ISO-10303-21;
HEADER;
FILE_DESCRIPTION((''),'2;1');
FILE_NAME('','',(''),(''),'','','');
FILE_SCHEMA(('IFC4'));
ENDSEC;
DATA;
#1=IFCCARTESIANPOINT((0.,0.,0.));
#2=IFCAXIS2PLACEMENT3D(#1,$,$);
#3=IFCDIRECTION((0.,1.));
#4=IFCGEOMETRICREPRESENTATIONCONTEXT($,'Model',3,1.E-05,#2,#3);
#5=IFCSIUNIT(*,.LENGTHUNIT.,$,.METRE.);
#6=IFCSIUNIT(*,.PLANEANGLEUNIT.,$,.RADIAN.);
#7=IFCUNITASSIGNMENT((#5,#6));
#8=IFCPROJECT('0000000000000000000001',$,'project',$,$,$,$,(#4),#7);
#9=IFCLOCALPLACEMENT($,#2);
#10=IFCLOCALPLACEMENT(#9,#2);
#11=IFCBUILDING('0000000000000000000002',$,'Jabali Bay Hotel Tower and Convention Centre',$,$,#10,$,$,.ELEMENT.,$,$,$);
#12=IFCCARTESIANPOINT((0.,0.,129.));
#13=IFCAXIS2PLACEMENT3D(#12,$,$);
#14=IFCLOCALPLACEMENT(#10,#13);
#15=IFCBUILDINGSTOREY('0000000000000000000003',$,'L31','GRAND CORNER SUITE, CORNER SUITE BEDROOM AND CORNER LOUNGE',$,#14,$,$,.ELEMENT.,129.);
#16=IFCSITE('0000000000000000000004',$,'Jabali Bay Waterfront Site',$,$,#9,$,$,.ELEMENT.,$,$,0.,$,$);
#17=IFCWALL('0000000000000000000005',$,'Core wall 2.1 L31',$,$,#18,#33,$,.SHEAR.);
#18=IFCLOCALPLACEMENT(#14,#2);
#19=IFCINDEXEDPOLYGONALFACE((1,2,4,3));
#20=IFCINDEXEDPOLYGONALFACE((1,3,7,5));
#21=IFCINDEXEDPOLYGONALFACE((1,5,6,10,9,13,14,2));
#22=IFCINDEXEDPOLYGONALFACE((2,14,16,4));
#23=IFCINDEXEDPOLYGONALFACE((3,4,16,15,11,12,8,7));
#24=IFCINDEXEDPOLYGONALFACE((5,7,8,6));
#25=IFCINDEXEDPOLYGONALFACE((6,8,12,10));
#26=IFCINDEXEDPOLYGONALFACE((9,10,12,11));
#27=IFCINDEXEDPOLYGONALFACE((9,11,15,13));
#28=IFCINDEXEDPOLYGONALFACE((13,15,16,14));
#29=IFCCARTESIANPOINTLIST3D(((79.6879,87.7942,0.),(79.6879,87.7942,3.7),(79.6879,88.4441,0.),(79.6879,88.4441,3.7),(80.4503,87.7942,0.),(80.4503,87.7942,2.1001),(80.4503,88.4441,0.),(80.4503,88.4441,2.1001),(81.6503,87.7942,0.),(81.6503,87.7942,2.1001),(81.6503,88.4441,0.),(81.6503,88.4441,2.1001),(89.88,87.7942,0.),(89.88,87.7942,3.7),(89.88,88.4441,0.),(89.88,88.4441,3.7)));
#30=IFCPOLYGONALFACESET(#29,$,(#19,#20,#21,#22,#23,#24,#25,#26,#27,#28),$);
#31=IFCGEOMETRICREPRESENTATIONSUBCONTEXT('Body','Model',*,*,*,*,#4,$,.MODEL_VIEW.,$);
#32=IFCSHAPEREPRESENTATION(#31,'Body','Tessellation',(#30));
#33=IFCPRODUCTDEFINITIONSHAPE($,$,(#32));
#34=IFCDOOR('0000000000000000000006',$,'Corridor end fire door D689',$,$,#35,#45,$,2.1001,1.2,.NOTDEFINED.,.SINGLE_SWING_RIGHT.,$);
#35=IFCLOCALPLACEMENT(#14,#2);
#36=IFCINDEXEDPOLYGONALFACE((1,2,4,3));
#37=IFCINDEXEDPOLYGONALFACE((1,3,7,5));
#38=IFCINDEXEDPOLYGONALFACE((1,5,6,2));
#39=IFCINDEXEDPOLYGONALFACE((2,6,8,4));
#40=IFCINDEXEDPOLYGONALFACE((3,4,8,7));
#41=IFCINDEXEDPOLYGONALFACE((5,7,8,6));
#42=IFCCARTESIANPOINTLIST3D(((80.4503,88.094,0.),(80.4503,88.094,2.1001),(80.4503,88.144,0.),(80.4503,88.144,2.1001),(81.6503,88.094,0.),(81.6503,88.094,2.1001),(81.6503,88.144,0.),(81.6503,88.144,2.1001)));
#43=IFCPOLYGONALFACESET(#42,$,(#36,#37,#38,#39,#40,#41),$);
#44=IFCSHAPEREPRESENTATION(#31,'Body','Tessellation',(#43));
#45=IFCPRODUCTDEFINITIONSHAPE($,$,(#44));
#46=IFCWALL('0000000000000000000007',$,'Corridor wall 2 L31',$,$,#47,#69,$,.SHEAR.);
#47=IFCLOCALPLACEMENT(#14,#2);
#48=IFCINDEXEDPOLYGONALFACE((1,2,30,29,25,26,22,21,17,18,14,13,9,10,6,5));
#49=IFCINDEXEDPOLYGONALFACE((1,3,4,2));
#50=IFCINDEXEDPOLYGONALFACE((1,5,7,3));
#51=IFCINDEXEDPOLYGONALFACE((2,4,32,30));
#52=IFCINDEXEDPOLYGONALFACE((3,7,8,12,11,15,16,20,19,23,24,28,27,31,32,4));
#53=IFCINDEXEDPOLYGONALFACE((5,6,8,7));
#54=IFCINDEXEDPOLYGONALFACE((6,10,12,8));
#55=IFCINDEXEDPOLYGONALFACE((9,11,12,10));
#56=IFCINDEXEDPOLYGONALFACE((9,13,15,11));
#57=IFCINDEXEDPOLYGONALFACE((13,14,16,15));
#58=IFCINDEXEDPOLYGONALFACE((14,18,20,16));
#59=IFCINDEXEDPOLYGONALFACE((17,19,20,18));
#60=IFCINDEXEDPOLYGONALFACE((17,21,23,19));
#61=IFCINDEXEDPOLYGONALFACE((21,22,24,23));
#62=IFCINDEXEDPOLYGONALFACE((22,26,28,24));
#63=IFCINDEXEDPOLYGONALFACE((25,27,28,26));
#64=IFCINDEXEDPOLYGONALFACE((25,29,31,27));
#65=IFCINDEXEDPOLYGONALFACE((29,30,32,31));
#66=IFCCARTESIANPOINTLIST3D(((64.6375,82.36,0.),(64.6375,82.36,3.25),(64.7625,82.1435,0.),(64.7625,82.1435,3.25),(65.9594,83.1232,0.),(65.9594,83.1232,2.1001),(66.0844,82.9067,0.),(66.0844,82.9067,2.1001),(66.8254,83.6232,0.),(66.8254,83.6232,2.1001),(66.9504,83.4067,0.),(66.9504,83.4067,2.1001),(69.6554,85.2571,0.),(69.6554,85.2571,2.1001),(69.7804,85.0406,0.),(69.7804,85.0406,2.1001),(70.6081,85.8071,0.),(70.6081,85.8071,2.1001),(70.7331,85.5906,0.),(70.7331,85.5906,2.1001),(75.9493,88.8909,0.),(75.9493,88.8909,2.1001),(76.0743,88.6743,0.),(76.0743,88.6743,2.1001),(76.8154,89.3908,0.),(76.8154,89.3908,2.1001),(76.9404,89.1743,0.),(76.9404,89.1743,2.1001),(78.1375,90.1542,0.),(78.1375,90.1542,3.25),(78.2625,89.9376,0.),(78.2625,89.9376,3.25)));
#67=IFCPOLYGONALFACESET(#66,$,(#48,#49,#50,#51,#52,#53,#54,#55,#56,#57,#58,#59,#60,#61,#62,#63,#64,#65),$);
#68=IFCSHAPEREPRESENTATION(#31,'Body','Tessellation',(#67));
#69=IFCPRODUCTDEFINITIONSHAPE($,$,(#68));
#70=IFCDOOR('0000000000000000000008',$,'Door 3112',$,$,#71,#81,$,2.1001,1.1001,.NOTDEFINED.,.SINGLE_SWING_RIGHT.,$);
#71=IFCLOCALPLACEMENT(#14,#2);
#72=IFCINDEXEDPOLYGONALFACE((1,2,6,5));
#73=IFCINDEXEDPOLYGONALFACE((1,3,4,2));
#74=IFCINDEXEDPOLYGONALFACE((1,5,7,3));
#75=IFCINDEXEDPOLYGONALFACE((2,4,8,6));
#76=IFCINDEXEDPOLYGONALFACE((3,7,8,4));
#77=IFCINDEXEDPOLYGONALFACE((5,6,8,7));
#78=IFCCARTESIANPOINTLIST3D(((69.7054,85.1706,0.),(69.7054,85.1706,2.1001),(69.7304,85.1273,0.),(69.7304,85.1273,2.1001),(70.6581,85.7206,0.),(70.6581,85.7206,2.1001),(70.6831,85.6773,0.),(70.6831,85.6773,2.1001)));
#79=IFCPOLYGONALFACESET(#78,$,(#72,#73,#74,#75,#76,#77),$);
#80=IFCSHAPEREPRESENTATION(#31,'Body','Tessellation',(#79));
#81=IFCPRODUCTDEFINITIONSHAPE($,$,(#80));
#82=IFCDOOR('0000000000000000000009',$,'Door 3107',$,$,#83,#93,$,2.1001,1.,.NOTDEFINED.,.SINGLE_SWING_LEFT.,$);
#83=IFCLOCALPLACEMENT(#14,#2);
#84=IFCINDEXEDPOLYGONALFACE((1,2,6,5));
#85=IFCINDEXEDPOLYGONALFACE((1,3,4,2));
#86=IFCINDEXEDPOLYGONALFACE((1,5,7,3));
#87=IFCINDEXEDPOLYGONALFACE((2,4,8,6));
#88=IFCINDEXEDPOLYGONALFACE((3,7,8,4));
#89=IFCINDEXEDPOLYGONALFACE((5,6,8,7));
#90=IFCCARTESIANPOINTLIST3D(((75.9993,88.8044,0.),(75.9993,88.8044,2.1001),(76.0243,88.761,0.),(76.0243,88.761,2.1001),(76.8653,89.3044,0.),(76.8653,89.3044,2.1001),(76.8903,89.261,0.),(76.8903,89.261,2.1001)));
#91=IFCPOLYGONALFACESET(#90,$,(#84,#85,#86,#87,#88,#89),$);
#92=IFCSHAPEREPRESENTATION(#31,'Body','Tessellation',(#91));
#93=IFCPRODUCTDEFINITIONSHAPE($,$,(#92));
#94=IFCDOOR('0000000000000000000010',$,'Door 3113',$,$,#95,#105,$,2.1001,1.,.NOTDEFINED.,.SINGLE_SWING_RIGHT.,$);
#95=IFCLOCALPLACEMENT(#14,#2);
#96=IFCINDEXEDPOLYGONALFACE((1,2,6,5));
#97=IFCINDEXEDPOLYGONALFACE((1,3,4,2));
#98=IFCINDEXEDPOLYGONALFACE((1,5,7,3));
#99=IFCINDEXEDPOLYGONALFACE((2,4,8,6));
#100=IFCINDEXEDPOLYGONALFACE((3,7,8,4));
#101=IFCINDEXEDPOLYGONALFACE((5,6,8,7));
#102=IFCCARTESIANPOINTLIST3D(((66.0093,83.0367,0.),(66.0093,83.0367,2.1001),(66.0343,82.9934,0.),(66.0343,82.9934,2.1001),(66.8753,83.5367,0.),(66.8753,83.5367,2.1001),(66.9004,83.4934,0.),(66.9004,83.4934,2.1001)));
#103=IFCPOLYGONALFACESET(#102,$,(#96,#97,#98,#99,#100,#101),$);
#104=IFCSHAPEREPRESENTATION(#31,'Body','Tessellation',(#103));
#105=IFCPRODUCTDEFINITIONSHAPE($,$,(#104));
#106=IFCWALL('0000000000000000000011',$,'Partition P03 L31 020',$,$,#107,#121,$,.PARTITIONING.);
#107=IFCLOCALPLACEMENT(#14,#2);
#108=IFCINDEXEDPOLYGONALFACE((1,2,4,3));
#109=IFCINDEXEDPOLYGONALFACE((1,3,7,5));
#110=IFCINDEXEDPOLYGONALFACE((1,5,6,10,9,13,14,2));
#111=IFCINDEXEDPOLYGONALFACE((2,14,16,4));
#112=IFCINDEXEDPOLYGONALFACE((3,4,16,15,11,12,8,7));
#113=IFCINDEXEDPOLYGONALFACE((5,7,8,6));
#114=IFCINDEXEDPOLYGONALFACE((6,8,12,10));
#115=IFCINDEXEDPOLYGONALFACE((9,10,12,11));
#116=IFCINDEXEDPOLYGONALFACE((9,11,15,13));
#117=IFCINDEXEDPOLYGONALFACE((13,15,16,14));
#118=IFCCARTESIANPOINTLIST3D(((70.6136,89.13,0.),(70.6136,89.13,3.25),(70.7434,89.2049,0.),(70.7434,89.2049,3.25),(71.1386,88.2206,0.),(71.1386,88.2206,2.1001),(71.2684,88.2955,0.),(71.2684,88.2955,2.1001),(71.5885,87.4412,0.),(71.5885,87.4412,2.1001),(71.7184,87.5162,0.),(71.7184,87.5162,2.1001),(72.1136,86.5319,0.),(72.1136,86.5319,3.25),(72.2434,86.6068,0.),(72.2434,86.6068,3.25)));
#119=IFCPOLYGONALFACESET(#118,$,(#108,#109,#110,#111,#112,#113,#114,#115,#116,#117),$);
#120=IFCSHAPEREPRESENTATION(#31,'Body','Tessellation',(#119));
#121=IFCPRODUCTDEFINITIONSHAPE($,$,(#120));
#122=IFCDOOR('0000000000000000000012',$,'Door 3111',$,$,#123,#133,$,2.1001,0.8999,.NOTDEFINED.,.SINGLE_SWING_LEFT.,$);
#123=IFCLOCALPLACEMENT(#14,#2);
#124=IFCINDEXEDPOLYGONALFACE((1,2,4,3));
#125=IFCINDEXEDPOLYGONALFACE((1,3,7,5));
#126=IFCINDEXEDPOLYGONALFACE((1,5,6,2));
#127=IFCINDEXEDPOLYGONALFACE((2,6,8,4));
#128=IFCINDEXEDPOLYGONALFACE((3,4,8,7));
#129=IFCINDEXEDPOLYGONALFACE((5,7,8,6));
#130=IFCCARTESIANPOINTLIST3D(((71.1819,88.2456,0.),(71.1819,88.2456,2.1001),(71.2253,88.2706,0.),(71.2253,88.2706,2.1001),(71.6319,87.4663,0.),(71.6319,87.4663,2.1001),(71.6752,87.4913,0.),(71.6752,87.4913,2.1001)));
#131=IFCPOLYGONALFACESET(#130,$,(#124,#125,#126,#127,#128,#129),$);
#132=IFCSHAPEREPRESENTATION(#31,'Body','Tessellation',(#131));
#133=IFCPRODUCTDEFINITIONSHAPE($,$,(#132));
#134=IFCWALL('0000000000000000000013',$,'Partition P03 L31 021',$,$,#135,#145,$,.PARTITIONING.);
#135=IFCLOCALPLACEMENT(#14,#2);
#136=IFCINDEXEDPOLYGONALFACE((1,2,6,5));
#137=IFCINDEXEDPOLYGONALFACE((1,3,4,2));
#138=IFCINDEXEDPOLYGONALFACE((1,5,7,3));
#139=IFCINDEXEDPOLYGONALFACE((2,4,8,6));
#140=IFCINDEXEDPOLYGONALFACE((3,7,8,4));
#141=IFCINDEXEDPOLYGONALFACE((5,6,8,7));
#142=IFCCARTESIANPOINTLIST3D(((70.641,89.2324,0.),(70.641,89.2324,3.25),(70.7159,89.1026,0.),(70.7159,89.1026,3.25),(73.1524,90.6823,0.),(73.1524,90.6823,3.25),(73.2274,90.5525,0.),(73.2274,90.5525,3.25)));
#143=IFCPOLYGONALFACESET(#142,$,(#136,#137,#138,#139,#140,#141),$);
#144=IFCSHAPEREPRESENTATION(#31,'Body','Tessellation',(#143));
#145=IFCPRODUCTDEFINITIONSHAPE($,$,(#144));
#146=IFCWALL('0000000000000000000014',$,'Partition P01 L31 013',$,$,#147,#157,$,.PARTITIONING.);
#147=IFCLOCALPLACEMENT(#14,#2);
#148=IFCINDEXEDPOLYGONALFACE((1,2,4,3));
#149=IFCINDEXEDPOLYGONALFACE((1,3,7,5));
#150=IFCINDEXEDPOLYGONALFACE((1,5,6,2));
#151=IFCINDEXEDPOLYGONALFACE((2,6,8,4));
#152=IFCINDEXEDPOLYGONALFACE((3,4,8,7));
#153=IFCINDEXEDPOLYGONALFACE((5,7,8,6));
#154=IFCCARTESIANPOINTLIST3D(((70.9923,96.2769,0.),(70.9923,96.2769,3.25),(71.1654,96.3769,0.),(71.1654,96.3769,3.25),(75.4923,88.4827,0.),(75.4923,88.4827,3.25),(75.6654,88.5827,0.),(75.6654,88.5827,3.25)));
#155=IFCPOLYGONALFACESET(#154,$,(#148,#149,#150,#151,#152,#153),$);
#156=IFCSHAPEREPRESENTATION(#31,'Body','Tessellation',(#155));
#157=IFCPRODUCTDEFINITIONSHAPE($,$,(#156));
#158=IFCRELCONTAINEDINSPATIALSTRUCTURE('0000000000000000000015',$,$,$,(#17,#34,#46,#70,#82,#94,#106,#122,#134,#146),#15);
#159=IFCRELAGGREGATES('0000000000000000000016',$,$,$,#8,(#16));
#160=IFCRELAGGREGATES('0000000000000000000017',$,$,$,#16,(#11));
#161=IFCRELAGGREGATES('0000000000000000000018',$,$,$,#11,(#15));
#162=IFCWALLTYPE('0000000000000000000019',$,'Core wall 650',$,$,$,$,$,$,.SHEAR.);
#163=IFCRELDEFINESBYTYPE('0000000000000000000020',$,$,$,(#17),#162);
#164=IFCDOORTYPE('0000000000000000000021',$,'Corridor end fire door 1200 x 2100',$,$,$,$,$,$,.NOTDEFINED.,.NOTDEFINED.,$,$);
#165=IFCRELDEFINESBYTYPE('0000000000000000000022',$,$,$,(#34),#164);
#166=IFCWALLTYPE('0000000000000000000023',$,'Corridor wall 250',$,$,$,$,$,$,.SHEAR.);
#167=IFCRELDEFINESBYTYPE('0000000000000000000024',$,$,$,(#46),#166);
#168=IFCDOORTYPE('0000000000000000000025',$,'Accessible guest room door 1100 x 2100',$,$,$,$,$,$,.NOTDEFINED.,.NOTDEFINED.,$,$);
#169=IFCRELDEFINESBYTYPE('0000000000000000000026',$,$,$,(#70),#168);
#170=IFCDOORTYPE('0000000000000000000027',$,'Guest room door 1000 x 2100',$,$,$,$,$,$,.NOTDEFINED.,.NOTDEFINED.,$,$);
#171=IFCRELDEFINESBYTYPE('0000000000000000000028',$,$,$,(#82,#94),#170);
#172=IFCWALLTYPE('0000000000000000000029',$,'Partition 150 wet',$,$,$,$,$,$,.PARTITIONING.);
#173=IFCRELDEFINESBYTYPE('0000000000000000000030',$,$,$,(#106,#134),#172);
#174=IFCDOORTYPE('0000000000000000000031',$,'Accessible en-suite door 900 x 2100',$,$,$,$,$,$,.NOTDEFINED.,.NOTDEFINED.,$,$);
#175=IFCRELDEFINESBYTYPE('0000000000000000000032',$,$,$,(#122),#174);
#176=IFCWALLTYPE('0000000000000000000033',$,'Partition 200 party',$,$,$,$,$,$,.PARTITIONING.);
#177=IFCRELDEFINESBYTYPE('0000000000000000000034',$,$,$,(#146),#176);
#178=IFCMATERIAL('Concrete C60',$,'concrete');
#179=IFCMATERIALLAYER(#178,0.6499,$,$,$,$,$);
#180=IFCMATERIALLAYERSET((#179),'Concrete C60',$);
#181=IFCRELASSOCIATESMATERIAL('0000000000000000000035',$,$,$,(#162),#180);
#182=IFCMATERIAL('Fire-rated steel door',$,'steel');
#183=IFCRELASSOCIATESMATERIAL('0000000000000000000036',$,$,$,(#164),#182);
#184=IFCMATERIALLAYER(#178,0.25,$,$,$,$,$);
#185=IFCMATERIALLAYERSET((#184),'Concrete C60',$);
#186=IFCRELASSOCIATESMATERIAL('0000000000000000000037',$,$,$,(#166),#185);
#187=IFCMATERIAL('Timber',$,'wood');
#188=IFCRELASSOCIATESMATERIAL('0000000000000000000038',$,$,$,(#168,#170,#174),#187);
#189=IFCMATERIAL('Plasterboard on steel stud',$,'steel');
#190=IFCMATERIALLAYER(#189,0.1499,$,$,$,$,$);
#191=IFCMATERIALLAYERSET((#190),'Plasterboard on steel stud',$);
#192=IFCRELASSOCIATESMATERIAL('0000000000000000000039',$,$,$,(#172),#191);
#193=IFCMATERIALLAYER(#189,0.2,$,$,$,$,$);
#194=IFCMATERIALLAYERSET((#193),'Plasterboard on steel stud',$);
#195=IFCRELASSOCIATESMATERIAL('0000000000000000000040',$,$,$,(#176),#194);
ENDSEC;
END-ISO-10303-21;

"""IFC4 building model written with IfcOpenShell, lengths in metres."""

from ifc_helpers import new_model, si_unit, direction, frame, frame_2d, origin, place, context, subcontext, project, spatial, rectangle, extrude, material, layer, layer_set, type_object, element, fill, save


model = new_model("IFC4")

# Units and contexts
model_context = context("Model", 3, precision=1e-05, world=origin(), true_north=direction((0.0, 1.0)))
body_context = subcontext(model_context, "Body", "Model", "MODEL_VIEW")
ifc_project = project(units=[si_unit("LENGTHUNIT", "METRE"), si_unit("PLANEANGLEUNIT", "RADIAN")], contexts=[model_context])

# Site, building, storey
site_placement = place(None, origin())
site = spatial("IfcSite", under=ifc_project, at=site_placement, Name="Jabali Bay Waterfront Site", CompositionType="ELEMENT", RefElevation=0.0)
building_placement = place(site_placement, origin())
building = spatial("IfcBuilding", under=site, at=building_placement, Name="Jabali Bay Hotel Tower and Convention Centre", CompositionType="ELEMENT")
storey_placement = place(building_placement, frame((0.0, 0.0, 129.0)))
storey = spatial("IfcBuildingStorey", under=building, at=storey_placement, Name="L31", Description="GRAND CORNER SUITE, CORNER SUITE BEDROOM AND CORNER LOUNGE", CompositionType="ELEMENT", Elevation=129.0)

# Shared definitions
ifc_material_1 = material(Name="Fire-rated steel door", Category="steel")

# Shared definitions
ifc_material_2 = material(Name="Concrete C60", Category="concrete")
ifc_layer_1 = layer(ifc_material_2, 0.6499)
ifc_layer_set_1 = layer_set([ifc_layer_1], Name="Concrete C60")
wall_type_1 = type_object("IfcWallType", Name="Core wall 650", PredefinedType="SHEAR", material=ifc_layer_set_1)

# Wall, opening, door
wall_1_placement = place(storey_placement, frame((79.6877, 88.1191, 0.0), z_axis=(0.0, 0.0, 1.0), x_axis=(1.0, 0.0, 0.0)))
wall_1 = element("IfcWall", 1, at=wall_1_placement, inside=storey, type_object=wall_type_1, Name="Core wall 2.1 L31", PredefinedType="SHEAR", context=body_context, shape_type="SweptSolid", body=[
    extrude(rectangle(XDim=10.1921, YDim=0.6499, at=frame_2d((5.0962, 0.0))), origin(), (0.0, 0.0, 1.0), 3.7),
])
opening_1_placement = place(wall_1_placement, frame((0.7625, 0.0, 0.0)))
opening_1 = element("IfcOpeningElement", 2, at=opening_1_placement, cuts=wall_1, PredefinedType="OPENING", context=body_context, shape_type="SweptSolid", body=[
    extrude(rectangle(XDim=1.2, YDim=2.1001, at=frame_2d((0.6001, 1.05))), frame((0.0, 0.3354, 0.0), z_axis=(0.0, -1.0, 0.0), x_axis=(1.0, 0.0, 0.0)), (0.0, 0.0, 1.0), 0.6709),
])
door_type_1 = type_object("IfcDoorType", Name="Corridor end fire door 1200 x 2100", OperationType="NOTDEFINED", PredefinedType="NOTDEFINED", material=ifc_material_1)
door_1_placement = place(opening_1_placement, origin())
door_1 = element("IfcDoor", 3, at=door_1_placement, inside=storey, type_object=door_type_1, Name="Corridor end fire door D689", OperationType="SINGLE_SWING_RIGHT", OverallHeight=2.1001, OverallWidth=1.2, PredefinedType="NOTDEFINED", context=body_context, shape_type="SweptSolid", body=[
    extrude(rectangle(XDim=1.2, YDim=2.1001, at=frame_2d((0.6001, 1.05))), frame((0.0, 0.0249, 0.0), z_axis=(0.0, -1.0, 0.0), x_axis=(1.0, 0.0, 0.0)), (0.0, 0.0, 1.0), 0.05),
])
fill(opening_1, door_1)

# Wall, openings, doors
ifc_layer_2 = layer(ifc_material_2, 0.25)
ifc_layer_set_2 = layer_set([ifc_layer_2], Name="Concrete C60")
wall_type_2 = type_object("IfcWallType", Name="Corridor wall 250", PredefinedType="SHEAR", material=ifc_layer_set_2)
wall_2_placement = place(storey_placement, frame((78.2, 90.0459, 0.0), z_axis=(0.0, 0.0, 1.0), x_axis=(-0.866026, -0.499998, 0.0)))
wall_2 = element("IfcWall", 4, at=wall_2_placement, inside=storey, type_object=wall_type_2, Name="Corridor wall 2 L31", PredefinedType="SHEAR", context=body_context, shape_type="SweptSolid", body=[
    extrude(rectangle(XDim=15.5884, YDim=0.25, at=frame_2d((7.7942, 0.0))), origin(), (0.0, 0.0, 1.0), 3.25),
])
opening_2_placement = place(wall_2_placement, frame((1.5266, 0.0, 0.0)))
opening_2 = element("IfcOpeningElement", 5, at=opening_2_placement, cuts=wall_2, PredefinedType="OPENING", context=body_context, shape_type="SweptSolid", body=[
    extrude(rectangle(XDim=1.0, YDim=2.1001, at=frame_2d((0.5, 1.05))), frame((0.0, 0.1355, 0.0), z_axis=(0.0, -1.0, 0.0), x_axis=(1.0, 0.0, 0.0)), (0.0, 0.0, 1.0), 0.271),
])
opening_3_placement = place(wall_2_placement, frame((8.6941, 0.0, 0.0)))
opening_3 = element("IfcOpeningElement", 6, at=opening_3_placement, cuts=wall_2, PredefinedType="OPENING", context=body_context, shape_type="SweptSolid", body=[
    extrude(rectangle(XDim=1.1001, YDim=2.1001, at=frame_2d((0.55, 1.05))), frame((0.0, 0.1355, 0.0), z_axis=(0.0, -1.0, 0.0), x_axis=(1.0, 0.0, 0.0)), (0.0, 0.0, 1.0), 0.271),
])
opening_4_placement = place(wall_2_placement, frame((13.062, 0.0, 0.0)))
opening_4 = element("IfcOpeningElement", 7, at=opening_4_placement, cuts=wall_2, PredefinedType="OPENING", context=body_context, shape_type="SweptSolid", body=[
    extrude(rectangle(XDim=1.0, YDim=2.1001, at=frame_2d((0.5, 1.05))), frame((0.0, 0.1355, 0.0), z_axis=(0.0, -1.0, 0.0), x_axis=(1.0, 0.0, 0.0)), (0.0, 0.0, 1.0), 0.271),
])
ifc_material_3 = material(Name="Timber", Category="wood")
door_type_2 = type_object("IfcDoorType", Name="Accessible guest room door 1100 x 2100", OperationType="NOTDEFINED", PredefinedType="NOTDEFINED", material=ifc_material_3)
door_2_placement = place(opening_3_placement, origin())
door_2 = element("IfcDoor", 8, at=door_2_placement, inside=storey, type_object=door_type_2, Name="Door 3112", OperationType="SINGLE_SWING_RIGHT", OverallHeight=2.1001, OverallWidth=1.1001, PredefinedType="NOTDEFINED", context=body_context, shape_type="SweptSolid", body=[
    extrude(rectangle(XDim=1.1001, YDim=2.1001, at=frame_2d((0.55, 1.05))), frame((0.0, 0.0249, 0.0), z_axis=(0.0, -1.0, 0.0), x_axis=(1.0, 0.0, 0.0)), (0.0, 0.0, 1.0), 0.05),
])
fill(opening_3, door_2)
door_type_3 = type_object("IfcDoorType", Name="Guest room door 1000 x 2100", OperationType="NOTDEFINED", PredefinedType="NOTDEFINED", material=ifc_material_3)
door_3_placement = place(opening_2_placement, origin())
door_3 = element("IfcDoor", 9, at=door_3_placement, inside=storey, type_object=door_type_3, Name="Door 3107", OperationType="SINGLE_SWING_LEFT", OverallHeight=2.1001, OverallWidth=1.0, PredefinedType="NOTDEFINED", context=body_context, shape_type="SweptSolid", body=[
    extrude(rectangle(XDim=1.0, YDim=2.1001, at=frame_2d((0.5, 1.05))), frame((0.0, 0.0249, 0.0), z_axis=(0.0, -1.0, 0.0), x_axis=(1.0, 0.0, 0.0)), (0.0, 0.0, 1.0), 0.05),
])
fill(opening_2, door_3)
door_4_placement = place(opening_4_placement, origin())
door_4 = element("IfcDoor", 10, at=door_4_placement, inside=storey, type_object=door_type_3, Name="Door 3113", OperationType="SINGLE_SWING_RIGHT", OverallHeight=2.1001, OverallWidth=1.0, PredefinedType="NOTDEFINED", context=body_context, shape_type="SweptSolid", body=[
    extrude(rectangle(XDim=1.0, YDim=2.1001, at=frame_2d((0.5, 1.05))), frame((0.0, 0.0249, 0.0), z_axis=(0.0, -1.0, 0.0), x_axis=(1.0, 0.0, 0.0)), (0.0, 0.0, 1.0), 0.05),
])
fill(opening_4, door_4)

# Wall, opening, door
ifc_material_4 = material(Name="Plasterboard on steel stud", Category="steel")
ifc_layer_3 = layer(ifc_material_4, 0.1499)
ifc_layer_set_3 = layer_set([ifc_layer_3], Name="Plasterboard on steel stud")
wall_type_3 = type_object("IfcWallType", Name="Partition 150 wet", PredefinedType="PARTITIONING", material=ifc_layer_set_3)
wall_3_placement = place(storey_placement, frame((72.1785, 86.5693, 0.0), z_axis=(0.0, 0.0, 1.0), x_axis=(-0.49999, 0.866031, 0.0)))
wall_3 = element("IfcWall", 11, at=wall_3_placement, inside=storey, type_object=wall_type_3, Name="Partition P03 L31 020", PredefinedType="PARTITIONING", context=body_context, shape_type="SweptSolid", body=[
    extrude(rectangle(XDim=3.0, YDim=0.1499, at=frame_2d((1.5, 0.0))), origin(), (0.0, 0.0, 1.0), 3.25),
])
opening_5_placement = place(wall_3_placement, frame((1.05, 0.0, 0.0)))
opening_5 = element("IfcOpeningElement", 12, at=opening_5_placement, cuts=wall_3, PredefinedType="OPENING", context=body_context, shape_type="SweptSolid", body=[
    extrude(rectangle(XDim=0.8999, YDim=2.1001, at=frame_2d((0.45, 1.05))), frame((0.0, 0.0854, 0.0), z_axis=(0.0, -1.0, 0.0), x_axis=(1.0, 0.0, 0.0)), (0.0, 0.0, 1.0), 0.1709),
])
door_type_4 = type_object("IfcDoorType", Name="Accessible en-suite door 900 x 2100", OperationType="NOTDEFINED", PredefinedType="NOTDEFINED", material=ifc_material_3)
door_5_placement = place(opening_5_placement, origin())
door_5 = element("IfcDoor", 13, at=door_5_placement, inside=storey, type_object=door_type_4, Name="Door 3111", OperationType="SINGLE_SWING_LEFT", OverallHeight=2.1001, OverallWidth=0.8999, PredefinedType="NOTDEFINED", context=body_context, shape_type="SweptSolid", body=[
    extrude(rectangle(XDim=0.8999, YDim=2.1001, at=frame_2d((0.45, 1.05))), frame((0.0, 0.0249, 0.0), z_axis=(0.0, -1.0, 0.0), x_axis=(1.0, 0.0, 0.0)), (0.0, 0.0, 1.0), 0.05),
])
fill(opening_5, door_5)

# Walls
wall_4_placement = place(storey_placement, frame((70.6785, 89.1675, 0.0), z_axis=(0.0, 0.0, 1.0), x_axis=(0.866033, 0.499987, 0.0)))
element("IfcWall", 14, at=wall_4_placement, inside=storey, type_object=wall_type_3, Name="Partition P03 L31 021", PredefinedType="PARTITIONING", context=body_context, shape_type="SweptSolid", body=[
    extrude(rectangle(XDim=2.8999, YDim=0.1499, at=frame_2d((1.45, 0.0))), origin(), (0.0, 0.0, 1.0), 3.25),
])
ifc_layer_4 = layer(ifc_material_4, 0.2)
ifc_layer_set_4 = layer_set([ifc_layer_4], Name="Plasterboard on steel stud")
wall_type_4 = type_object("IfcWallType", Name="Partition 200 party", PredefinedType="PARTITIONING", material=ifc_layer_set_4)
wall_5_placement = place(storey_placement, frame((75.5789, 88.5327, 0.0), z_axis=(0.0, 0.0, 1.0), x_axis=(-0.500002, 0.866024, 0.0)))
element("IfcWall", 15, at=wall_5_placement, inside=storey, type_object=wall_type_4, Name="Partition P01 L31 013", PredefinedType="PARTITIONING", context=body_context, shape_type="SweptSolid", body=[
    extrude(rectangle(XDim=9.0, YDim=0.2, at=frame_2d((4.5, 0.0))), origin(), (0.0, 0.0, 1.0), 3.25),
])

save(model, "model.ifc")
